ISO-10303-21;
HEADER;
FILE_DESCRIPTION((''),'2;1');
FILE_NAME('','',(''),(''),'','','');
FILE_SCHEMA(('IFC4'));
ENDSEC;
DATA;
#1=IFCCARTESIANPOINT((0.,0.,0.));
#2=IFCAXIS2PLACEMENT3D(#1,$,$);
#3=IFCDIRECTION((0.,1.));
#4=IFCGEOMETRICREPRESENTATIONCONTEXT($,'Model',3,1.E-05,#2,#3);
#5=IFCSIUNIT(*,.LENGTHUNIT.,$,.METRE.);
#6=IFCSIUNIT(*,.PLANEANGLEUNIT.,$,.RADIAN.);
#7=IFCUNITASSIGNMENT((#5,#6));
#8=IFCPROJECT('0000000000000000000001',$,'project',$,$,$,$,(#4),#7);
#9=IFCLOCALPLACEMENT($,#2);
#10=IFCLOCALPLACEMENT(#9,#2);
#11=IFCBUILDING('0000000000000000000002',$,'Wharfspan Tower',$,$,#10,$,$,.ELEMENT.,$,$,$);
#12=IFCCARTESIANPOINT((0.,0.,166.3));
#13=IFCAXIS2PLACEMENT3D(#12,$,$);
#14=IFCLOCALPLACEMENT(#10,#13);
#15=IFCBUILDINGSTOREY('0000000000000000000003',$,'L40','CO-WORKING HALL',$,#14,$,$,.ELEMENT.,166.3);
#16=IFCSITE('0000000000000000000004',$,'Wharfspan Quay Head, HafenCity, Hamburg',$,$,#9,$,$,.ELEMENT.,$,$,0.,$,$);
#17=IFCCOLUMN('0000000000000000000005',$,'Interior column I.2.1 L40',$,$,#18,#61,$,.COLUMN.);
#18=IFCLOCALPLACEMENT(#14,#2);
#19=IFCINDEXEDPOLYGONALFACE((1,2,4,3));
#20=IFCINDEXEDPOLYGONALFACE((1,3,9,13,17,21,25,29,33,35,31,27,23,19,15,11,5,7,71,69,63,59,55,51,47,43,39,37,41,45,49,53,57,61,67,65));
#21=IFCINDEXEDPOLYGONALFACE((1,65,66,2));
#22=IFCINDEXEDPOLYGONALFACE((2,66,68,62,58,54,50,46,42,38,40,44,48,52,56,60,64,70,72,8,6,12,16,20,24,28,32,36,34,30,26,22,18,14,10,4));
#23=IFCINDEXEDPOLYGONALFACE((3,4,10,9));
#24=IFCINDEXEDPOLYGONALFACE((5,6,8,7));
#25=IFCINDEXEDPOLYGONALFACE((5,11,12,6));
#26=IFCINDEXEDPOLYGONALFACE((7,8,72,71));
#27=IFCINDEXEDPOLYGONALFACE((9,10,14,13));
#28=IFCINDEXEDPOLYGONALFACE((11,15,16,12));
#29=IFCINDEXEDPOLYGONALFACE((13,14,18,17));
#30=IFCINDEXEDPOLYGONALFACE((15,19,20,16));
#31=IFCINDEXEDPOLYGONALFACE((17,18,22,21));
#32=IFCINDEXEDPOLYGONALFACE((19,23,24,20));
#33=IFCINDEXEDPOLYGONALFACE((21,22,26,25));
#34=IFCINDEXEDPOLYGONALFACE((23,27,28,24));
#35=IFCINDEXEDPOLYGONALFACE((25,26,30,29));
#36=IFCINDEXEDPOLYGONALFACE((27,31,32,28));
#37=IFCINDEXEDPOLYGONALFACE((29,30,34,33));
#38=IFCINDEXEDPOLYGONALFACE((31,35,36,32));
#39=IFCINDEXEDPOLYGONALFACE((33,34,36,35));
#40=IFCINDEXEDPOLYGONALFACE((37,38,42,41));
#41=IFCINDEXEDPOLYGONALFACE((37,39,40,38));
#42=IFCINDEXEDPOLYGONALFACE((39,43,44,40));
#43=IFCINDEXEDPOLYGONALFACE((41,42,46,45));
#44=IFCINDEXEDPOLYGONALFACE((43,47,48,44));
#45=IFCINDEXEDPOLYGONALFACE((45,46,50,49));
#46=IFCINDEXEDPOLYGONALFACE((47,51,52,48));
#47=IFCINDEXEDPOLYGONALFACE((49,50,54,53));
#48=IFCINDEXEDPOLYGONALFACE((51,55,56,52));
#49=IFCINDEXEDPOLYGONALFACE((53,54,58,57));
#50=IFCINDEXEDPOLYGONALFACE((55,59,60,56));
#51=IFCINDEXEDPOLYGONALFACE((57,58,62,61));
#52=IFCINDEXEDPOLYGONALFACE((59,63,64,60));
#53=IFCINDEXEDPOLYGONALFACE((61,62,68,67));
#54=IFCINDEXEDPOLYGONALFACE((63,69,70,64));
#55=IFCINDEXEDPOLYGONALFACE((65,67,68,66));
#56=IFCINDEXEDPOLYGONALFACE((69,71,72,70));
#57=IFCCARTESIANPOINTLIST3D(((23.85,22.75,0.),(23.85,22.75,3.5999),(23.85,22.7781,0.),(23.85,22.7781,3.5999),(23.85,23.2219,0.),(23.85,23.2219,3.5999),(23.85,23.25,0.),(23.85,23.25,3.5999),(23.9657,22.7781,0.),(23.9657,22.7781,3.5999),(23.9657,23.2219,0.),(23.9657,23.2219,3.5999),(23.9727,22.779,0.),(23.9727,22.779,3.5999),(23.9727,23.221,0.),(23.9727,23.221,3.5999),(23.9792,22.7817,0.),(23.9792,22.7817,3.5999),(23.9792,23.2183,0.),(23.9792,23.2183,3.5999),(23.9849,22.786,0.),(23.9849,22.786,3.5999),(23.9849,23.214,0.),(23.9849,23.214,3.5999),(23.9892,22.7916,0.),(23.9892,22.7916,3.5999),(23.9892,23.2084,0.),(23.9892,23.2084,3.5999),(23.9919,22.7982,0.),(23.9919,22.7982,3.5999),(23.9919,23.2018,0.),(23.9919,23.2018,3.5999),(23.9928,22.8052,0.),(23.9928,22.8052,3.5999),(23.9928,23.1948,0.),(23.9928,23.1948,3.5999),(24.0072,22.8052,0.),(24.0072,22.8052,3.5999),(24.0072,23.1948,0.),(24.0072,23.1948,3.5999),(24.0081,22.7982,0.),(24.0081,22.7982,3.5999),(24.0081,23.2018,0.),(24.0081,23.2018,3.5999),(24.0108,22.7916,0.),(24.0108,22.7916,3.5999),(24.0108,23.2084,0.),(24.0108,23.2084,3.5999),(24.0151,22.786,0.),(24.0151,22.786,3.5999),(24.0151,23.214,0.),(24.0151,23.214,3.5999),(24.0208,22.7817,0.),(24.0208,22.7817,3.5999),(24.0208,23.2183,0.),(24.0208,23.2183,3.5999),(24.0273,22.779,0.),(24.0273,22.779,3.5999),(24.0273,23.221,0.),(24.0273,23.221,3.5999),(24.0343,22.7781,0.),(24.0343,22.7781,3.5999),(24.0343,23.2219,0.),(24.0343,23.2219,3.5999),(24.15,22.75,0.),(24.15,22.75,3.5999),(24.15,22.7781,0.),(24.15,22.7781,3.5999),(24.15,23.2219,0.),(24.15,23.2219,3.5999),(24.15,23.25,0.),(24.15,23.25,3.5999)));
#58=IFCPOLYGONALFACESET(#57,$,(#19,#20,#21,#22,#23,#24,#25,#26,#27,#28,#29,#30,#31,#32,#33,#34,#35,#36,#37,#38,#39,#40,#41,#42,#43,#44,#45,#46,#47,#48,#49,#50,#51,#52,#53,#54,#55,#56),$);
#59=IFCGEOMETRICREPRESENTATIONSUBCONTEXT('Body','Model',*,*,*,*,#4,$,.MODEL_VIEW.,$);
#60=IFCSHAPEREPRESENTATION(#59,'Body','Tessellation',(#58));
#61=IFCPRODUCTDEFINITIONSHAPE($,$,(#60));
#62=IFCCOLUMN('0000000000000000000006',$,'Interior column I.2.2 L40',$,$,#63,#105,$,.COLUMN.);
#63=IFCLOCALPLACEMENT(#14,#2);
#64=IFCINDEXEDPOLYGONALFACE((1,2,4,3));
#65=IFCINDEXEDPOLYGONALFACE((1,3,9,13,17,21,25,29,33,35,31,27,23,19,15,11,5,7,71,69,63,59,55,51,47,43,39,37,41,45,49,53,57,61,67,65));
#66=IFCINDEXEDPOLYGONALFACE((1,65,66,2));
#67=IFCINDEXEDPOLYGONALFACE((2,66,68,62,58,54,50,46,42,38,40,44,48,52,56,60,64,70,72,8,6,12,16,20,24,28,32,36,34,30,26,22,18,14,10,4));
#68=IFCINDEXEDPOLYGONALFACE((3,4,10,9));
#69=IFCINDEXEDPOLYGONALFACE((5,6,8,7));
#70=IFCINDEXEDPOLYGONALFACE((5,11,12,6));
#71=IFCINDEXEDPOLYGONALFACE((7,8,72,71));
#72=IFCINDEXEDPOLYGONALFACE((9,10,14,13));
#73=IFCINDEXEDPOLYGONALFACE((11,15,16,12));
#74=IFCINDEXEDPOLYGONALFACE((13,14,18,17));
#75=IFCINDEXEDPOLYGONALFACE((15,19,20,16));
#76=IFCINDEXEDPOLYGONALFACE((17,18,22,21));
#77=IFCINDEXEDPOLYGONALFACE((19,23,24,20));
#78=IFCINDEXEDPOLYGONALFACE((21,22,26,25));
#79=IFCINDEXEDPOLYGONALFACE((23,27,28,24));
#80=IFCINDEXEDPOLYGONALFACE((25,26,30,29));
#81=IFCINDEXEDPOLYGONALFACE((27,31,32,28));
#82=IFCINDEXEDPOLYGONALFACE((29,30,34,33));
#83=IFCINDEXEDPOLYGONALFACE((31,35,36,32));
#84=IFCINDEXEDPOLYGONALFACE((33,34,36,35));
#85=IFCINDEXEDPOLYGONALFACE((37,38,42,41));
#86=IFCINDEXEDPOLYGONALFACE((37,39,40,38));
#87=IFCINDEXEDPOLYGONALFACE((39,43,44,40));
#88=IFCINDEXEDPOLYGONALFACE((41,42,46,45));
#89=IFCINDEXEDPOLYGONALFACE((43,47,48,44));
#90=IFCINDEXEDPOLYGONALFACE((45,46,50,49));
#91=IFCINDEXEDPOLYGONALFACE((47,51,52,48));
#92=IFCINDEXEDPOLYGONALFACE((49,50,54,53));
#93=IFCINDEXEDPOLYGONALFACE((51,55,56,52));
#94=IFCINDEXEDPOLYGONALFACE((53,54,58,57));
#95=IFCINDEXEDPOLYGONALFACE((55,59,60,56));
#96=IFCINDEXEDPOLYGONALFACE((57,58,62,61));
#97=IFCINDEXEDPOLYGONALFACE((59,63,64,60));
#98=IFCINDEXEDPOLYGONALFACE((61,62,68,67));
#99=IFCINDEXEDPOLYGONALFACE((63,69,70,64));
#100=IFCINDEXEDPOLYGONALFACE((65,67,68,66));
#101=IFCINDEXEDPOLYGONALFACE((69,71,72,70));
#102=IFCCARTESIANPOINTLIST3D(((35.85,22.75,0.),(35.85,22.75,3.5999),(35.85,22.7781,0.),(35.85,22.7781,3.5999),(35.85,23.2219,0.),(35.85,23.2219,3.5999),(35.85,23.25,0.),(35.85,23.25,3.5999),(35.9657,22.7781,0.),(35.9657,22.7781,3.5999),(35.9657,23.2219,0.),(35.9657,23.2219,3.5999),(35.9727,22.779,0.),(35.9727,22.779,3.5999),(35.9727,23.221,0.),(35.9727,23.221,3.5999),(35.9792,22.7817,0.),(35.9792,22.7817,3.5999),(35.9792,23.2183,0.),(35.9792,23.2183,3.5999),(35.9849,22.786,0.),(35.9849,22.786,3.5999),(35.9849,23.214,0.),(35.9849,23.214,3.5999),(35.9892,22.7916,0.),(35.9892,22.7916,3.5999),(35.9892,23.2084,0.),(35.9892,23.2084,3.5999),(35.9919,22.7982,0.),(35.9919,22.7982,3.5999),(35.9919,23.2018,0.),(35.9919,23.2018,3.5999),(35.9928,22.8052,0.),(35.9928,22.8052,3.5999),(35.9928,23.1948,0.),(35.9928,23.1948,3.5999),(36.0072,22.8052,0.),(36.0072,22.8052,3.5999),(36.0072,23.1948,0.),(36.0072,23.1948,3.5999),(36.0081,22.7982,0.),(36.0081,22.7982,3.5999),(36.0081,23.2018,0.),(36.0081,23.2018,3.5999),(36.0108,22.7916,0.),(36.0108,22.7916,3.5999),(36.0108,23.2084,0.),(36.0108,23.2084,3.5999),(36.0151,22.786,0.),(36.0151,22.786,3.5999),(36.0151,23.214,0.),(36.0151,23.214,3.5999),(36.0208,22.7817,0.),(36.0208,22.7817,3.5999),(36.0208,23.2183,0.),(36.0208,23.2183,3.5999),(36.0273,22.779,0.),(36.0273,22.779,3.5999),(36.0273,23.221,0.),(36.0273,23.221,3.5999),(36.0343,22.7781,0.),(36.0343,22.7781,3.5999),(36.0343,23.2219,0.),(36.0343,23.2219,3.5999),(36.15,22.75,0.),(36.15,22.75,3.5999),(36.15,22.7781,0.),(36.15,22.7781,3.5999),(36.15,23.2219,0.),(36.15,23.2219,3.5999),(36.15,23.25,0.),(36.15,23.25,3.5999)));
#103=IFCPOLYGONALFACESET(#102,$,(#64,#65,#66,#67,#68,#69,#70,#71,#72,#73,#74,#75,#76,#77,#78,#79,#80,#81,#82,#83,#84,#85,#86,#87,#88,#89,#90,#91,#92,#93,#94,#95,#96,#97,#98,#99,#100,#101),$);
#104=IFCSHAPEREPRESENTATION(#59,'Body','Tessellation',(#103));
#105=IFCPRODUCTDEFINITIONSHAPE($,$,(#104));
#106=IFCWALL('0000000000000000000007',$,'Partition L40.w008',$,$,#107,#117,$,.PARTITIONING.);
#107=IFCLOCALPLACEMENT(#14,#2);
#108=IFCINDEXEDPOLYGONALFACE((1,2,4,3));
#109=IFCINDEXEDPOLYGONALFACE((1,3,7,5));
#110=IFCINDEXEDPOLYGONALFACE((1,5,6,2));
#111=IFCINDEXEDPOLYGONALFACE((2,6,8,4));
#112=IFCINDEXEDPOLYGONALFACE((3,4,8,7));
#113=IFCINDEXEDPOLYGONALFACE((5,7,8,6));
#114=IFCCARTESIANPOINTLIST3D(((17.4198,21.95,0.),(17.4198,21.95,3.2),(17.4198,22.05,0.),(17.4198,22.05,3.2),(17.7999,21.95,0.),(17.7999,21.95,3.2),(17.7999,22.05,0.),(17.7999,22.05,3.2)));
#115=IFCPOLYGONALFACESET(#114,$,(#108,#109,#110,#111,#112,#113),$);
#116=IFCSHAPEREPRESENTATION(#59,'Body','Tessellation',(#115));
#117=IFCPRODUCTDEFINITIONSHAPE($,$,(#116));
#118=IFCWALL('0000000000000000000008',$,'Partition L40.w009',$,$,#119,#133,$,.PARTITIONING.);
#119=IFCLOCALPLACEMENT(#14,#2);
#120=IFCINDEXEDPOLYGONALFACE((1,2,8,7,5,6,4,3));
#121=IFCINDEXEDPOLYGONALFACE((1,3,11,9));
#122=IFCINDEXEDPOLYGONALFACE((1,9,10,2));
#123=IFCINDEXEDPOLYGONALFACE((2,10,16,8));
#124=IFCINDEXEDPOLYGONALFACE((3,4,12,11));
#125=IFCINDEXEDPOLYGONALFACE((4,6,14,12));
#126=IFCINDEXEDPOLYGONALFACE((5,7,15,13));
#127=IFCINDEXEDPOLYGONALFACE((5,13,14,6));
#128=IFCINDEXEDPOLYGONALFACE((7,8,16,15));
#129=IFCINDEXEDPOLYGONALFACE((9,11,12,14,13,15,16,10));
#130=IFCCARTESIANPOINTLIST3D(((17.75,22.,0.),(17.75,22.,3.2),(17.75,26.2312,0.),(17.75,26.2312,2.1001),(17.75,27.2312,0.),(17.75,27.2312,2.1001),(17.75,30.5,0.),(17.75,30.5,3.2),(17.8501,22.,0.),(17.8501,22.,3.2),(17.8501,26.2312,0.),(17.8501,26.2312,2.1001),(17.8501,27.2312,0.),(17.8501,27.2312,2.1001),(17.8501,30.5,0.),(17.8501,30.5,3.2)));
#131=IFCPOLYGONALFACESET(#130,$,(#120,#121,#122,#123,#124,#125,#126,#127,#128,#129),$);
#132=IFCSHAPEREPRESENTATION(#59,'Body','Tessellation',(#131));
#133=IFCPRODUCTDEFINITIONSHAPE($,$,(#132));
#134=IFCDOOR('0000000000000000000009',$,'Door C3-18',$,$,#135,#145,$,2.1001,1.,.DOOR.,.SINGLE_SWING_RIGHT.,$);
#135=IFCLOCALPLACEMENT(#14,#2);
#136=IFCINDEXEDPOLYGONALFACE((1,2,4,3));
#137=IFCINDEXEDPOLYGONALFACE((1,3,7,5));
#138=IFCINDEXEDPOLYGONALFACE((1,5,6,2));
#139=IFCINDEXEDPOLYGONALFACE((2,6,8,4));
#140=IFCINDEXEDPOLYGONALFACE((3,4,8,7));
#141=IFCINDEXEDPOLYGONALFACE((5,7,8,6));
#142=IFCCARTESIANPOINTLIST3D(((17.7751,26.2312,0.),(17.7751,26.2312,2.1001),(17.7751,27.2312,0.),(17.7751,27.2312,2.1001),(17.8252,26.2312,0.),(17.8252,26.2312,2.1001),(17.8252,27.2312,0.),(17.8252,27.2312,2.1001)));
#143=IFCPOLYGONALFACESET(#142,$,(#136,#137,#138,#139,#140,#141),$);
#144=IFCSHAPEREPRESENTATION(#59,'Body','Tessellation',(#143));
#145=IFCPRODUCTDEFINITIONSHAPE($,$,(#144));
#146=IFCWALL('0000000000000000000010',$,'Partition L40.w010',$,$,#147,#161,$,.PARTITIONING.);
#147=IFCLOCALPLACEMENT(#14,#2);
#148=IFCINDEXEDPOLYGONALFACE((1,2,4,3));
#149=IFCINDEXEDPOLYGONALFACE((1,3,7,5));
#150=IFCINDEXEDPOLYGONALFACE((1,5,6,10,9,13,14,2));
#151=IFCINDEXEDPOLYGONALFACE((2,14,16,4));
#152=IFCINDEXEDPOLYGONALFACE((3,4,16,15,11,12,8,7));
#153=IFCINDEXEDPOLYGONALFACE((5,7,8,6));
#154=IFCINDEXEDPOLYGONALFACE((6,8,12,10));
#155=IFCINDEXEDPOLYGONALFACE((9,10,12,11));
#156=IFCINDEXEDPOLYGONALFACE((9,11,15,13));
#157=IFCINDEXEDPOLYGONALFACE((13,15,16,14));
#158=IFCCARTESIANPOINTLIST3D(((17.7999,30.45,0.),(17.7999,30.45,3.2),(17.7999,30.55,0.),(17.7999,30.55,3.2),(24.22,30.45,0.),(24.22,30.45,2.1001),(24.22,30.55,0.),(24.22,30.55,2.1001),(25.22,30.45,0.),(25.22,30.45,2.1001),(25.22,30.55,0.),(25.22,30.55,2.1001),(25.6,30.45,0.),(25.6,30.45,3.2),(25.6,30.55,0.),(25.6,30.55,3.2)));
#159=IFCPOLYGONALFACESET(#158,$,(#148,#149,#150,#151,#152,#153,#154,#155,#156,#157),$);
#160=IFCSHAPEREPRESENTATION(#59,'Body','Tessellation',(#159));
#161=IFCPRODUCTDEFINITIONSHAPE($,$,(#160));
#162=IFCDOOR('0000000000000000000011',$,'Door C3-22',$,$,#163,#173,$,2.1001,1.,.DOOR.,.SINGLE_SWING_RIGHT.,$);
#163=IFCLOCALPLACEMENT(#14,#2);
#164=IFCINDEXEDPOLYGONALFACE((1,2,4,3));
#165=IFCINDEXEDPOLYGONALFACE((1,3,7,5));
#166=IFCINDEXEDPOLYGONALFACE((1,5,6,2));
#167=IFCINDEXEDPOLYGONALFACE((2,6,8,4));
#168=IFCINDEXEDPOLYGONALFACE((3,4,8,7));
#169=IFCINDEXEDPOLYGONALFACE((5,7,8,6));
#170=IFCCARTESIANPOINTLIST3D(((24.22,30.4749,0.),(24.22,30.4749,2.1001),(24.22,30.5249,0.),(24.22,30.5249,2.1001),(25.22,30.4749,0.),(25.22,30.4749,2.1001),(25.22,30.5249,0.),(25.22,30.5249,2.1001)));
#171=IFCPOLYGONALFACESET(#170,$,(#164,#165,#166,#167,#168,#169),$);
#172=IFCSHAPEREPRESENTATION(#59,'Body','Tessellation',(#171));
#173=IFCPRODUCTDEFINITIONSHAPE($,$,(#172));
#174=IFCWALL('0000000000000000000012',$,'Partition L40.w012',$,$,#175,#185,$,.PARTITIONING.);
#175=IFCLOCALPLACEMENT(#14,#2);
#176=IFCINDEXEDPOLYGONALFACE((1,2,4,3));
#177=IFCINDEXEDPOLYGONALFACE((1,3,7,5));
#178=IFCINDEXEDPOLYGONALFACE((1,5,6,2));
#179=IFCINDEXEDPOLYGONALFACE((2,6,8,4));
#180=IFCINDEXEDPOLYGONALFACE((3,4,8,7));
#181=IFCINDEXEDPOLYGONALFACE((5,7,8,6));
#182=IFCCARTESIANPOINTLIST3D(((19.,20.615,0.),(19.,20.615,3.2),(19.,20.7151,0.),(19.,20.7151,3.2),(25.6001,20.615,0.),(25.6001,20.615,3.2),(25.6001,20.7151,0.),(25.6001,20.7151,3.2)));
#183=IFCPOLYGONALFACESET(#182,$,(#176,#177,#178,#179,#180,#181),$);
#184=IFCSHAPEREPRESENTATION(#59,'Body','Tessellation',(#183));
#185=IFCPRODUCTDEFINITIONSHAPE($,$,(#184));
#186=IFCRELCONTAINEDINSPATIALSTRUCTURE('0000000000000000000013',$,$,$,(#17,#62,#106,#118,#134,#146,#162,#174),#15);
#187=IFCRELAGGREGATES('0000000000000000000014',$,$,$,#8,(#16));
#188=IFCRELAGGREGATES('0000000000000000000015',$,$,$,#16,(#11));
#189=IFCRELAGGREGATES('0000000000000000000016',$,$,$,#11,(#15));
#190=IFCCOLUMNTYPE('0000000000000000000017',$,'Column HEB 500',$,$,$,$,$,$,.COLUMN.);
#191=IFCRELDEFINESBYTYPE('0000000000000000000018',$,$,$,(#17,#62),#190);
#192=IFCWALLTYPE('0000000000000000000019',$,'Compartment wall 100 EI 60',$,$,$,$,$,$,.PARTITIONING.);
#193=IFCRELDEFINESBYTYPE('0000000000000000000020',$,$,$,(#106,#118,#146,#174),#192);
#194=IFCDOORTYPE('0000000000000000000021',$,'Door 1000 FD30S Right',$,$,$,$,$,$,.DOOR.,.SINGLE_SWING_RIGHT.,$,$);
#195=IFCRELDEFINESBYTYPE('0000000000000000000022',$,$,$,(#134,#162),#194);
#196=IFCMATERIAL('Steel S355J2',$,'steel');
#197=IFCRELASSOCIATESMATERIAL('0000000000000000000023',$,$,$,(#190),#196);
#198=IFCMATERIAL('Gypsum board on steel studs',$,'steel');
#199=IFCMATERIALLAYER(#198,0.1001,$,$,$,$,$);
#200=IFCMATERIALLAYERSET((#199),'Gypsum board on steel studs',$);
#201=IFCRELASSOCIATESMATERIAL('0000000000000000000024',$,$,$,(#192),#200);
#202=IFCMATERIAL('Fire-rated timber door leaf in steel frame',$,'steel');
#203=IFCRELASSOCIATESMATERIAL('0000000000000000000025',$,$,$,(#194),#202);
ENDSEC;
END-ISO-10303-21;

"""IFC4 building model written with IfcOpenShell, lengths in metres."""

from ifc_helpers import new_model, si_unit, direction, frame, frame_2d, origin, origin_2d, place, context, subcontext, project, spatial, rectangle, i_section, extrude, material, layer, layer_set, material_profile, profile_set, type_object, element, fill, save


model = new_model("IFC4")

# Units and contexts
model_context = context("Model", 3, precision=1e-05, world=origin(), true_north=direction((0.0, 1.0)))
body_context = subcontext(model_context, "Body", "Model", "MODEL_VIEW")
ifc_project = project(units=[si_unit("LENGTHUNIT", "METRE"), si_unit("PLANEANGLEUNIT", "RADIAN")], contexts=[model_context])

# Site, building, storey
site_placement = place(None, origin())
site = spatial("IfcSite", under=ifc_project, at=site_placement, Name="Wharfspan Quay Head, HafenCity, Hamburg", CompositionType="ELEMENT", RefElevation=0.0)
building_placement = place(site_placement, origin())
building = spatial("IfcBuilding", under=site, at=building_placement, Name="Wharfspan Tower", CompositionType="ELEMENT")
storey_placement = place(building_placement, frame((0.0, 0.0, 166.3)))
storey = spatial("IfcBuildingStorey", under=building, at=storey_placement, Name="L40", Description="CO-WORKING HALL", CompositionType="ELEMENT", Elevation=166.3)

# Columns
ifc_material_1 = material(Name="Steel S355J2", Category="steel")
ifc_material_profile = material_profile(ifc_material_1, i_section(OverallWidth=0.3, OverallDepth=0.5, WebThickness=0.0144, FlangeThickness=0.0281, FilletRadius=0.0271, at=origin_2d()))
ifc_profile_set = profile_set([ifc_material_profile], Name="Steel S355J2")
column_type = type_object("IfcColumnType", Name="Column HEB 500", PredefinedType="COLUMN", material=ifc_profile_set)
for number, where, z_axis, x_axis, name in (
    (1, (24.0, 23.0, 0.0), (0.0, 0.0, 1.0), (1.0, 0.0, 0.0), "Interior column I.2.1 L40"),
    (2, (36.0, 23.0, 0.0), (0.0, 0.0, 1.0), (1.0, 0.0, 0.0), "Interior column I.2.2 L40"),
):
    element("IfcColumn", number, at=place(storey_placement, frame(where, z_axis=z_axis, x_axis=x_axis)), inside=storey, type_object=column_type, Name=name, PredefinedType="COLUMN", context=body_context, shape_type="SweptSolid", body=[
        extrude(i_section(OverallWidth=0.3, OverallDepth=0.5, WebThickness=0.0144, FlangeThickness=0.0281, FilletRadius=0.0271, at=origin_2d()), origin(), (0.0, 0.0, 1.0), 3.5999),
    ])

# Wall
ifc_material_2 = material(Name="Gypsum board on steel studs", Category="steel")
ifc_layer = layer(ifc_material_2, 0.1001)
ifc_layer_set = layer_set([ifc_layer], Name="Gypsum board on steel studs")
wall_type = type_object("IfcWallType", Name="Compartment wall 100 EI 60", PredefinedType="PARTITIONING", material=ifc_layer_set)
wall_1_placement = place(storey_placement, frame((17.4199, 22.0, 0.0), z_axis=(0.0, 0.0, 1.0), x_axis=(1.0, 0.0, 0.0)))
element("IfcWall", 3, at=wall_1_placement, inside=storey, type_object=wall_type, Name="Partition L40.w008", PredefinedType="PARTITIONING", context=body_context, shape_type="SweptSolid", body=[
    extrude(rectangle(XDim=0.3801, YDim=0.1001, at=frame_2d((0.1899, 0.0))), origin(), (0.0, 0.0, 1.0), 3.2),
])

# Walls, openings, doors
wall_2_placement = place(storey_placement, frame((17.8, 22.0, 0.0), z_axis=(0.0, 0.0, 1.0), x_axis=(0.0, 1.0, 0.0)))
wall_2 = element("IfcWall", 4, at=wall_2_placement, inside=storey, type_object=wall_type, Name="Partition L40.w009", PredefinedType="PARTITIONING", context=body_context, shape_type="SweptSolid", body=[
    extrude(rectangle(XDim=8.5, YDim=0.1001, at=frame_2d((4.25, 0.0))), origin(), (0.0, 0.0, 1.0), 3.2),
])
opening_1_placement = place(wall_2_placement, frame((4.2312, 0.0, 0.0)))
opening_1 = element("IfcOpeningElement", 5, at=opening_1_placement, cuts=wall_2, PredefinedType="OPENING", context=body_context, shape_type="SweptSolid", body=[
    extrude(rectangle(XDim=1.0, YDim=2.1001, at=frame_2d((0.5, 1.05))), frame((0.0, 0.0601, 0.0), z_axis=(0.0, -1.0, 0.0), x_axis=(1.0, 0.0, 0.0)), (0.0, 0.0, 1.0), 0.1201),
])
ifc_material_3 = material(Name="Fire-rated timber door leaf in steel frame", Category="steel")
door_type_1 = type_object("IfcDoorType", Name="Door 1000 FD30S Right", OperationType="SINGLE_SWING_RIGHT", PredefinedType="DOOR", material=ifc_material_3)
door_1_placement = place(opening_1_placement, origin())
door_1 = element("IfcDoor", 6, at=door_1_placement, inside=storey, type_object=door_type_1, Name="Door C3-18", OperationType="SINGLE_SWING_RIGHT", OverallHeight=2.1001, OverallWidth=1.0, PredefinedType="DOOR", context=body_context, shape_type="SweptSolid", body=[
    extrude(rectangle(XDim=1.0, YDim=2.1001, at=frame_2d((0.5, 1.05))), frame((0.0, 0.0249, 0.0), z_axis=(0.0, -1.0, 0.0), x_axis=(1.0, 0.0, 0.0)), (0.0, 0.0, 1.0), 0.05),
])
fill(opening_1, door_1)
wall_3_placement = place(storey_placement, frame((17.8, 30.5, 0.0), z_axis=(0.0, 0.0, 1.0), x_axis=(1.0, 0.0, 0.0)))
wall_3 = element("IfcWall", 7, at=wall_3_placement, inside=storey, type_object=wall_type, Name="Partition L40.w010", PredefinedType="PARTITIONING", context=body_context, shape_type="SweptSolid", body=[
    extrude(rectangle(XDim=7.8, YDim=0.1001, at=frame_2d((3.8999, 0.0))), origin(), (0.0, 0.0, 1.0), 3.2),
])
opening_2_placement = place(wall_3_placement, frame((6.4199, 0.0, 0.0)))
opening_2 = element("IfcOpeningElement", 8, at=opening_2_placement, cuts=wall_3, PredefinedType="OPENING", context=body_context, shape_type="SweptSolid", body=[
    extrude(rectangle(XDim=1.0, YDim=2.1001, at=frame_2d((0.5, 1.05))), frame((0.0, 0.0601, 0.0), z_axis=(0.0, -1.0, 0.0), x_axis=(1.0, 0.0, 0.0)), (0.0, 0.0, 1.0), 0.1201),
])
door_2_placement = place(opening_2_placement, origin())
door_2 = element("IfcDoor", 9, at=door_2_placement, inside=storey, type_object=door_type_1, Name="Door C3-22", OperationType="SINGLE_SWING_RIGHT", OverallHeight=2.1001, OverallWidth=1.0, PredefinedType="DOOR", context=body_context, shape_type="SweptSolid", body=[
    extrude(rectangle(XDim=1.0, YDim=2.1001, at=frame_2d((0.5, 1.05))), frame((0.0, 0.0249, 0.0), z_axis=(0.0, -1.0, 0.0), x_axis=(1.0, 0.0, 0.0)), (0.0, 0.0, 1.0), 0.05),
])
fill(opening_2, door_2)

# Wall
for number, where, z_axis, x_axis, name in (
    (10, (19.0, 20.665, 0.0), (0.0, 0.0, 1.0), (1.0, 0.0, 0.0), "Partition L40.w012"),
):
    element("IfcWall", number, at=place(storey_placement, frame(where, z_axis=z_axis, x_axis=x_axis)), inside=storey, type_object=wall_type, Name=name, PredefinedType="PARTITIONING", context=body_context, shape_type="SweptSolid", body=[
        extrude(rectangle(XDim=6.6001, YDim=0.1001, at=frame_2d((3.3, 0.0))), origin(), (0.0, 0.0, 1.0), 3.2),
    ])

save(model, "model.ifc")
